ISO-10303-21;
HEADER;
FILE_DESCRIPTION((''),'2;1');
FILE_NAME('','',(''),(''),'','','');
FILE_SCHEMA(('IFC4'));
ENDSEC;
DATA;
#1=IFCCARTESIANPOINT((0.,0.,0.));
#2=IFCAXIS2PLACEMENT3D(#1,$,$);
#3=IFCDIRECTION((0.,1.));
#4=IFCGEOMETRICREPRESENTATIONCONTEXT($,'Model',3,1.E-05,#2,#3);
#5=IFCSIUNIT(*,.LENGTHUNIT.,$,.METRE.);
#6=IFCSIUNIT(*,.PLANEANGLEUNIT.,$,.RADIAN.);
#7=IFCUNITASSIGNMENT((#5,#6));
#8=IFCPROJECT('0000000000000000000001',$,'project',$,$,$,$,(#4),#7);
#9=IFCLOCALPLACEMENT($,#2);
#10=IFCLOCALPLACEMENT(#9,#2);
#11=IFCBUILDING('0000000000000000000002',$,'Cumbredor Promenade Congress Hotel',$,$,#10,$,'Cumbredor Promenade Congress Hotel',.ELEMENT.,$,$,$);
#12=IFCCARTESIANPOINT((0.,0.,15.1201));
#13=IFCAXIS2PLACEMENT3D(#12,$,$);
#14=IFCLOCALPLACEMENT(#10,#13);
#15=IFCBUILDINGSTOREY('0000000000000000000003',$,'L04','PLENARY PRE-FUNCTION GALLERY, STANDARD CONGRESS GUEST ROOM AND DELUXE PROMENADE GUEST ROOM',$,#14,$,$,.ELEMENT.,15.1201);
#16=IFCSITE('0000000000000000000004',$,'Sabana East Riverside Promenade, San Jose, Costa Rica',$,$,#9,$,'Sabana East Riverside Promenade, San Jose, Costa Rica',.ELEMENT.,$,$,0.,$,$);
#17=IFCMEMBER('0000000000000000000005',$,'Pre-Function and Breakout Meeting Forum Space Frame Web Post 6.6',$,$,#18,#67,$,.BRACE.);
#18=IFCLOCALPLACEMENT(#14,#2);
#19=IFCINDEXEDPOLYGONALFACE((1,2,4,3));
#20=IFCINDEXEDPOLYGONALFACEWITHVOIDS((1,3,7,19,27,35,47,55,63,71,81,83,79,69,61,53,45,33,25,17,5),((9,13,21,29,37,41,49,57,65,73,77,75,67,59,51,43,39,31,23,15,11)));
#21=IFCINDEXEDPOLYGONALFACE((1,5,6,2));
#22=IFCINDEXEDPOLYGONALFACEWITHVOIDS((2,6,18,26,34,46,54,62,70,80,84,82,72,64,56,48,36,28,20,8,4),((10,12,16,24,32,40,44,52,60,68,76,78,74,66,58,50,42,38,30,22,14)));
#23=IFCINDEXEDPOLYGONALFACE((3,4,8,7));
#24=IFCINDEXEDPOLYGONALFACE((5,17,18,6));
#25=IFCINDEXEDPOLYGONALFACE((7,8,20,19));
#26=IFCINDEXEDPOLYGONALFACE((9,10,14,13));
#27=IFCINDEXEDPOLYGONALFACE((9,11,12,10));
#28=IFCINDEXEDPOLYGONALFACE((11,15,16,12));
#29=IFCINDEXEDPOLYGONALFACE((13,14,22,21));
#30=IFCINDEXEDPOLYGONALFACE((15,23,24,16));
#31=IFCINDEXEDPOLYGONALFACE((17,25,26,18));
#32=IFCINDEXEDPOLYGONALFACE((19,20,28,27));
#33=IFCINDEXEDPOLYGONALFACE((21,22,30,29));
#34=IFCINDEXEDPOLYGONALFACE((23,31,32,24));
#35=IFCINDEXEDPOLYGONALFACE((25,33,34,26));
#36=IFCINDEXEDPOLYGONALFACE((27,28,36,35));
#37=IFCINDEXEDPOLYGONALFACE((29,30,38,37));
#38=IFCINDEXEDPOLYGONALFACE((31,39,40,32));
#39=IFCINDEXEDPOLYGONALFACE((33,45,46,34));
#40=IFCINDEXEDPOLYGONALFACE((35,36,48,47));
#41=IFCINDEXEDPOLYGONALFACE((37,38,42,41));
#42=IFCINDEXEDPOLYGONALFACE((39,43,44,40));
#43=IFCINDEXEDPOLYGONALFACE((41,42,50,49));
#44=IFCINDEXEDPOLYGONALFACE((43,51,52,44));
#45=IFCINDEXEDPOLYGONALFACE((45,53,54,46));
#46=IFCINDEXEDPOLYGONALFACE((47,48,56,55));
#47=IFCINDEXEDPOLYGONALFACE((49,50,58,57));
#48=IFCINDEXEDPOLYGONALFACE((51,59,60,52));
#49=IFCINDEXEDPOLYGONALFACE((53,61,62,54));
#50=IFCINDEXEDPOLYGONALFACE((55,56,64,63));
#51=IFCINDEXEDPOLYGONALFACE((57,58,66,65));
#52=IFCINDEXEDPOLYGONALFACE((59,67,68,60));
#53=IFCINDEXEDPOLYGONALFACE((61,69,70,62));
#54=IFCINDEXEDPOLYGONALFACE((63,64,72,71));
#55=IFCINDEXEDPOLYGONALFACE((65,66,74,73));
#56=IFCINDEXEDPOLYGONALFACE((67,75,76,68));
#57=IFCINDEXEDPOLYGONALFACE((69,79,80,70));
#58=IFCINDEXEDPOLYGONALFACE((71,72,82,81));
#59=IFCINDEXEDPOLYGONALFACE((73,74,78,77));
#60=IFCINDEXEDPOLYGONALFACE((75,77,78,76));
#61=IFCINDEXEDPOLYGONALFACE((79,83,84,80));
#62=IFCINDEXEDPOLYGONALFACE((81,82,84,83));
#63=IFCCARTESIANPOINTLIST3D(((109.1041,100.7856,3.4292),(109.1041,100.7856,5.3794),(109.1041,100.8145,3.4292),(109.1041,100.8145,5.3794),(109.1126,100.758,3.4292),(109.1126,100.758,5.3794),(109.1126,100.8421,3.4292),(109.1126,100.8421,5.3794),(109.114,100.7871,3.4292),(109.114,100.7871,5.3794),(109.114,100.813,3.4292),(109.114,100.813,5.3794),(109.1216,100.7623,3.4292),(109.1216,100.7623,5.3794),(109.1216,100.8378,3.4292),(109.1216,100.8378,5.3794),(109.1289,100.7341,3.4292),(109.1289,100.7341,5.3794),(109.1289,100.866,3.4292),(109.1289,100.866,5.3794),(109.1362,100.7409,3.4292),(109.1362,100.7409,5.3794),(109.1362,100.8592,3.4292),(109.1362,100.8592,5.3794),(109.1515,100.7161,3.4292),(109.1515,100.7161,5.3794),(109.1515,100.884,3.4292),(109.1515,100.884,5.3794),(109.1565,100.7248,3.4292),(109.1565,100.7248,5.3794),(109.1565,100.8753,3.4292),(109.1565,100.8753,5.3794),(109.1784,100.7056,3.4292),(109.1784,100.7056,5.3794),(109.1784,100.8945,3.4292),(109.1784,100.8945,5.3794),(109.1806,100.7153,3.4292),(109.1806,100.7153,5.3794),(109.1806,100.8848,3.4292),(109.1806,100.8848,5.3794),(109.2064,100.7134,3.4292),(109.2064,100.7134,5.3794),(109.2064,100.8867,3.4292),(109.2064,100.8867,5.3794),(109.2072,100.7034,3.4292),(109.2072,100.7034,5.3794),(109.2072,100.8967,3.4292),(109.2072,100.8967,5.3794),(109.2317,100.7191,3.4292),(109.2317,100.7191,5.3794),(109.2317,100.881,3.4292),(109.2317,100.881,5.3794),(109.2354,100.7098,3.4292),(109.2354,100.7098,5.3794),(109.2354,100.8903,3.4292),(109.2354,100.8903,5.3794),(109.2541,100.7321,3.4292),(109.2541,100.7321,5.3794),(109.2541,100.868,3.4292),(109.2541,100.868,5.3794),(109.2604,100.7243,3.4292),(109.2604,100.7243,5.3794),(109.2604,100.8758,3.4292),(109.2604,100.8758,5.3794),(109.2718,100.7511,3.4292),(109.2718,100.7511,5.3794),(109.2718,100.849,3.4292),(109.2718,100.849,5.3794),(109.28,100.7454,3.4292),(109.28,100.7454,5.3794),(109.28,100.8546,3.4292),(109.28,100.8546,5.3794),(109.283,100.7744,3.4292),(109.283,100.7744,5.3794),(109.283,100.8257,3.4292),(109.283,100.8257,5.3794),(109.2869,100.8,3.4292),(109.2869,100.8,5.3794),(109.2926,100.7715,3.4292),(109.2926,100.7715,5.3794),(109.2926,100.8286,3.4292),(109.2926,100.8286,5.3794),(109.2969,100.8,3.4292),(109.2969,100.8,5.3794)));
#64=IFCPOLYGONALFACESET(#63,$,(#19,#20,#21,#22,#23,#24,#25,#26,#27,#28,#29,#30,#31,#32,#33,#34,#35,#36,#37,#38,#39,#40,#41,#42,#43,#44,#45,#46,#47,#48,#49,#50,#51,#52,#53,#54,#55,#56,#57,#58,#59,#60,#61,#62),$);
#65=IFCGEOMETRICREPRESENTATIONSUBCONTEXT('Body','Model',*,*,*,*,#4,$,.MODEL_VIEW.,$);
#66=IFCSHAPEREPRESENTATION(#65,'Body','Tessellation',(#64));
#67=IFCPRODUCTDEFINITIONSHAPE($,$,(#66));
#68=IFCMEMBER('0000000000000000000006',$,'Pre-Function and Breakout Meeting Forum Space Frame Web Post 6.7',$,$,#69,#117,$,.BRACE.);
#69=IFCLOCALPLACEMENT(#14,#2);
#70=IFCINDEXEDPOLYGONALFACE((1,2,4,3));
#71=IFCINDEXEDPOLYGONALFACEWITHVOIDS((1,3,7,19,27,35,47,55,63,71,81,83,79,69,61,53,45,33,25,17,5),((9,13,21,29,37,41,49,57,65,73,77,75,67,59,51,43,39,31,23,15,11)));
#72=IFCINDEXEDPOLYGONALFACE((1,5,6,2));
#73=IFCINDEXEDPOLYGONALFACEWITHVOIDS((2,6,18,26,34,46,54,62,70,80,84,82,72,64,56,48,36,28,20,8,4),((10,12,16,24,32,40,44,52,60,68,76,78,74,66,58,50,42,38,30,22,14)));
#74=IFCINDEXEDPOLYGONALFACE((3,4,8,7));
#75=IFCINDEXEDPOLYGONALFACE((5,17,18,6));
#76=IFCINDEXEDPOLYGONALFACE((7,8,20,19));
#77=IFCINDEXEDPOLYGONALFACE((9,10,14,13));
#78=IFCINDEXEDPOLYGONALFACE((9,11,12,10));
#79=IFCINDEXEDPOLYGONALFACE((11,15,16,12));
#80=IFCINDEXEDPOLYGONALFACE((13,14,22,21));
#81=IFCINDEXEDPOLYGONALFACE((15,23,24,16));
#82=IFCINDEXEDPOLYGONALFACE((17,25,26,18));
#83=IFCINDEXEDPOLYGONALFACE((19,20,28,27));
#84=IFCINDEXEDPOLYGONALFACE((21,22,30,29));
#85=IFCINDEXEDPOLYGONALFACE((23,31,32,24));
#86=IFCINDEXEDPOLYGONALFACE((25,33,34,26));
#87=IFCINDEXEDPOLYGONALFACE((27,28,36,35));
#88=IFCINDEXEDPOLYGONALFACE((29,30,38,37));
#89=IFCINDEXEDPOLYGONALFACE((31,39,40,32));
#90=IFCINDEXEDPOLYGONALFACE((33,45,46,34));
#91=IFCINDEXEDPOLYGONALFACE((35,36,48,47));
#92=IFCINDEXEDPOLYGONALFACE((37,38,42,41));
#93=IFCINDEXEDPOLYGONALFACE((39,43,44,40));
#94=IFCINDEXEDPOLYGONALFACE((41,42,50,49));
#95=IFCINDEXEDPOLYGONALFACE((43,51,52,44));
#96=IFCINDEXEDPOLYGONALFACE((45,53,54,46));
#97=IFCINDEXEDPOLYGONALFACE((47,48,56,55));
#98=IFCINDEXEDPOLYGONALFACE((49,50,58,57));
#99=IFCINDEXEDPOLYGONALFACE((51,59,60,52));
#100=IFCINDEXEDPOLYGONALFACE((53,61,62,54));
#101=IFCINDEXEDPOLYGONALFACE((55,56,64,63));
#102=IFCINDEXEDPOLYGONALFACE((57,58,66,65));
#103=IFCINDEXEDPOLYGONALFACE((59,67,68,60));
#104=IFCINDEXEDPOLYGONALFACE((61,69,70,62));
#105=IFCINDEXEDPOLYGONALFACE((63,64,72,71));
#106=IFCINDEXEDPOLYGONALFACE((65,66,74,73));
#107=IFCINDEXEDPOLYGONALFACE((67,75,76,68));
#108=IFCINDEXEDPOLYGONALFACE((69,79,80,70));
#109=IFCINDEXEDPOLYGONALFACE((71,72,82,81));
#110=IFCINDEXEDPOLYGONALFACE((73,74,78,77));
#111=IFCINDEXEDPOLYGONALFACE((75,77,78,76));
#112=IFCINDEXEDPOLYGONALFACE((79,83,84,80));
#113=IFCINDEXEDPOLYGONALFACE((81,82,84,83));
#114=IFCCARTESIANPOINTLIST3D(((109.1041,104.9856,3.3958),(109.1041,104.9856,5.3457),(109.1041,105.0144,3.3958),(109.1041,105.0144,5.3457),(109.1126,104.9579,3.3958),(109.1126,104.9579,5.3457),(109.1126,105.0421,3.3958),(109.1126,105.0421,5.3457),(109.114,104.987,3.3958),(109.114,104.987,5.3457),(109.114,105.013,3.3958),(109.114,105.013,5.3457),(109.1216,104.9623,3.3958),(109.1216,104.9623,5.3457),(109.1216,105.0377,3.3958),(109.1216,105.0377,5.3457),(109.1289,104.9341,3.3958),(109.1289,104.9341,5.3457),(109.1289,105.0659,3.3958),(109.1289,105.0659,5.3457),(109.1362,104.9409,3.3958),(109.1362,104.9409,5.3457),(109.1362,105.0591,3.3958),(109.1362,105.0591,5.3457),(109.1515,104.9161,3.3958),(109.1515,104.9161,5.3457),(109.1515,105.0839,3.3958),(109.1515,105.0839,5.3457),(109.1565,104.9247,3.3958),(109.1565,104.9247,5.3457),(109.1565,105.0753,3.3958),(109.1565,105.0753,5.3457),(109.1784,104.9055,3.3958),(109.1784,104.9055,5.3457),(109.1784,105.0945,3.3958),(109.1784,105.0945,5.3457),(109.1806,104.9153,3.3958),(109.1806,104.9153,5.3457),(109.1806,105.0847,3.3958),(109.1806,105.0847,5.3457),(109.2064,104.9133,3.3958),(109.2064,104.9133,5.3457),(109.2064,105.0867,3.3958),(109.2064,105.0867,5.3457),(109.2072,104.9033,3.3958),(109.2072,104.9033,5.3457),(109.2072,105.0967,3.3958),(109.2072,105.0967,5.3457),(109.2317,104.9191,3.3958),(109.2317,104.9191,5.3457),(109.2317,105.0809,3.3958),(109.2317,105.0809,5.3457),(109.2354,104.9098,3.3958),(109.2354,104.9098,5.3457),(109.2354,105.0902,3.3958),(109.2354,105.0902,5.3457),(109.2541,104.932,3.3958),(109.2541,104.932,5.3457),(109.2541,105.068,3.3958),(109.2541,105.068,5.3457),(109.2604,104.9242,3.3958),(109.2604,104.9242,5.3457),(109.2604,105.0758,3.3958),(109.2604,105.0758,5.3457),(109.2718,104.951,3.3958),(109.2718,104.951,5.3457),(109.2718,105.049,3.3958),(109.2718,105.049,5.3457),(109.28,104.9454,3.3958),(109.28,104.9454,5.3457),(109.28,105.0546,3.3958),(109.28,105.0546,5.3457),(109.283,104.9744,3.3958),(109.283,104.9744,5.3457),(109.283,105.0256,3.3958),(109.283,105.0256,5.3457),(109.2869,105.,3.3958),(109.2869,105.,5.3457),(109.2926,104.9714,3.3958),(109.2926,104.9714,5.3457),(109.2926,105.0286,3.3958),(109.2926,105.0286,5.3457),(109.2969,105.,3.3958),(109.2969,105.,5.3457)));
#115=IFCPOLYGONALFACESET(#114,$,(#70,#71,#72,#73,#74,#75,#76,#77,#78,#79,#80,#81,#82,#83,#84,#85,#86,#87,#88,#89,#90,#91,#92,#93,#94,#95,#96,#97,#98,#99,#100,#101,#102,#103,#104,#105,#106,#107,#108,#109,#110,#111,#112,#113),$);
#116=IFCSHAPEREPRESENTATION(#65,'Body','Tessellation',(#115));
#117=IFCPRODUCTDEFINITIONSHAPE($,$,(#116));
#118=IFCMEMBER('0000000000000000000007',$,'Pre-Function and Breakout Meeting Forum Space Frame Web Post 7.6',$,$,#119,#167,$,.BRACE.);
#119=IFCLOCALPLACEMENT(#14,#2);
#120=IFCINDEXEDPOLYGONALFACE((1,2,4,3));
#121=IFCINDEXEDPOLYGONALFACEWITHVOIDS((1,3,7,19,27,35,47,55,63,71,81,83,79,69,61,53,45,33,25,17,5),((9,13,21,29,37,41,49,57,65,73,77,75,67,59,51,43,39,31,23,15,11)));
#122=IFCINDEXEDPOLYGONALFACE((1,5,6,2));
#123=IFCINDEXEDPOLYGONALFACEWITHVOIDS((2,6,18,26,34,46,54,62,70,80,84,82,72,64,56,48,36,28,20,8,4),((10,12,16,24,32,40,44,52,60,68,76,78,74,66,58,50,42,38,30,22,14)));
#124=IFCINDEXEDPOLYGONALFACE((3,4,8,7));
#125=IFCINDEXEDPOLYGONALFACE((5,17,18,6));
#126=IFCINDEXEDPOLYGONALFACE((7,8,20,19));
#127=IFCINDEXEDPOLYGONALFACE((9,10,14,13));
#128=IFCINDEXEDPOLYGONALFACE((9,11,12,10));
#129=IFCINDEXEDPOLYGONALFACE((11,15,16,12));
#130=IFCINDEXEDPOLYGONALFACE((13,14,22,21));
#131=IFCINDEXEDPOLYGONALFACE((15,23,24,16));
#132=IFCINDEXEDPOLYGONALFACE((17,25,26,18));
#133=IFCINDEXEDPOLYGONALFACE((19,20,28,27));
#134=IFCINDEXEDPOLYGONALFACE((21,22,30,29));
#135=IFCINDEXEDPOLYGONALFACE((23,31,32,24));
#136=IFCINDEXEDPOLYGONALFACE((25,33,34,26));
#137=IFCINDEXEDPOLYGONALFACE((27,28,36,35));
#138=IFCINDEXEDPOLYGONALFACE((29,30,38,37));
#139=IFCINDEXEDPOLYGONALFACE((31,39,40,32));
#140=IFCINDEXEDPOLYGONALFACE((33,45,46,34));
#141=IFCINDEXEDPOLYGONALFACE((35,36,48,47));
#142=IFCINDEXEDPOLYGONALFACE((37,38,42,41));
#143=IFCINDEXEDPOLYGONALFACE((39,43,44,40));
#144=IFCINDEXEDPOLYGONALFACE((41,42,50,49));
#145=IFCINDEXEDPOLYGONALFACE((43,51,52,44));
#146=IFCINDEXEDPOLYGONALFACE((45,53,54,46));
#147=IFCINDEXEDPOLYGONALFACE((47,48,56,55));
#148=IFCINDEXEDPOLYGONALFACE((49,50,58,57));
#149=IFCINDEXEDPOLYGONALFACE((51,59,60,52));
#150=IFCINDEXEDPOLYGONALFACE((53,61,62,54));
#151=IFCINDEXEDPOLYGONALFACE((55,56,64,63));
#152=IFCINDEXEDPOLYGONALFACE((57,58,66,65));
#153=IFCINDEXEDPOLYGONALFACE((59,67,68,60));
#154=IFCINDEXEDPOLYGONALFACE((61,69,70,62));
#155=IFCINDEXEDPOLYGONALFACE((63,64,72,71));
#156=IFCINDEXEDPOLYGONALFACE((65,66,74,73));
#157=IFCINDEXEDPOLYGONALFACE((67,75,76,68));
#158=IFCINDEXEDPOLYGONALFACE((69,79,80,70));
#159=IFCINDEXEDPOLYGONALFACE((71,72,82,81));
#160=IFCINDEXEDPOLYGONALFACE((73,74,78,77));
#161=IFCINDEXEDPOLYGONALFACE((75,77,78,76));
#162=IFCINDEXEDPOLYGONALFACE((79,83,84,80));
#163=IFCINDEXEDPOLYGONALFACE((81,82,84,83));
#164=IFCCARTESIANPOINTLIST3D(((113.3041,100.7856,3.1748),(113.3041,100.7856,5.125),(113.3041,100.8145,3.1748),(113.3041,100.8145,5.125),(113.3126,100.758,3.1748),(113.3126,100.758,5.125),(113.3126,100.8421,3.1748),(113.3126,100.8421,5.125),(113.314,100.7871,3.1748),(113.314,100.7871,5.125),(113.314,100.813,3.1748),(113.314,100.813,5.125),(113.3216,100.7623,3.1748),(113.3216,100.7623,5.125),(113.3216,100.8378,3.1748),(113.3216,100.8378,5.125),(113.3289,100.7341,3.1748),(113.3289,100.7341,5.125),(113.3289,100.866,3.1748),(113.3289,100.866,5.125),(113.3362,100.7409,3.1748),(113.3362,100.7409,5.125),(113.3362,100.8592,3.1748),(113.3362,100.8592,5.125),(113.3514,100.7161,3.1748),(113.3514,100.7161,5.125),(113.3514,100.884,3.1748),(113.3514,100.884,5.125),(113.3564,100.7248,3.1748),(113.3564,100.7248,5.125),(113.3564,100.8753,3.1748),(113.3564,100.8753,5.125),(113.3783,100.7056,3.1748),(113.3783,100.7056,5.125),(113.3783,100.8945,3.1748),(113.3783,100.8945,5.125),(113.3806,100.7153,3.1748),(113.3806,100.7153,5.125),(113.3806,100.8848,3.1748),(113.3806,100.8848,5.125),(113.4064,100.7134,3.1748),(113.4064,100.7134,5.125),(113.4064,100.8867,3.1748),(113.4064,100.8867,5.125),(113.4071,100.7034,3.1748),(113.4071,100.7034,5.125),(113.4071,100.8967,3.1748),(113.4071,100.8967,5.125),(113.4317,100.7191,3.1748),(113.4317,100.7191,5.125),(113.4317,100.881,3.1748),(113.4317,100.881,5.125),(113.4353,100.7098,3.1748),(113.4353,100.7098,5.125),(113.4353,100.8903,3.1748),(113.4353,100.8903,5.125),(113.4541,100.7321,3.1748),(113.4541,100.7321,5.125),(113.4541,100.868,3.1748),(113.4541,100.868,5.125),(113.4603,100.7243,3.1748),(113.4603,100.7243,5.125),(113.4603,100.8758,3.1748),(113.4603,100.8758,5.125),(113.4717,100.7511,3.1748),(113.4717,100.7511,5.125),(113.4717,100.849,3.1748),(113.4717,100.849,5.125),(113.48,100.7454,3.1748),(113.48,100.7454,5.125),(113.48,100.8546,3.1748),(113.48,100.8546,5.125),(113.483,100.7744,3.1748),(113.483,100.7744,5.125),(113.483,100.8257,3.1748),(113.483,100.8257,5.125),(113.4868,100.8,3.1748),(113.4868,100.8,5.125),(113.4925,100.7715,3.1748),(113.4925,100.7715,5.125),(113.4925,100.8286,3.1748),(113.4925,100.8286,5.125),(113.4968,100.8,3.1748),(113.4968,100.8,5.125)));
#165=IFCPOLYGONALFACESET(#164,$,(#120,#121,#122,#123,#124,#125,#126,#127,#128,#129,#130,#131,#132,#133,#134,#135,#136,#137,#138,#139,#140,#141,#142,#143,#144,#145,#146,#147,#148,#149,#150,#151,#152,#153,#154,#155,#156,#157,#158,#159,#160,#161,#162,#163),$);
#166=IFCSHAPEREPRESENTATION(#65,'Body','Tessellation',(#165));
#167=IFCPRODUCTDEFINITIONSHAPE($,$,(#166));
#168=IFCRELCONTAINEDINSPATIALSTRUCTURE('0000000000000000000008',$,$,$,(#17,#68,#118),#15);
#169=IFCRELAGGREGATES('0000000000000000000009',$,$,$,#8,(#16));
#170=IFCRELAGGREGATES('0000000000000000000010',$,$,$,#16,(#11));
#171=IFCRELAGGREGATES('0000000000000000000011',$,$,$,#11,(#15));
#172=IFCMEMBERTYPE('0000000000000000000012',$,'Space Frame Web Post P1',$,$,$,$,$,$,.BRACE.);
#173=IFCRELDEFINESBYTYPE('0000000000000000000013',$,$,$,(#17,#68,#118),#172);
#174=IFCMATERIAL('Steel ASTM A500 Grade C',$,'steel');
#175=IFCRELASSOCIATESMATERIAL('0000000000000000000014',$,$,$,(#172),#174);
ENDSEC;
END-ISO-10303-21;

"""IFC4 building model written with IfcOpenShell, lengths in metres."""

from ifc_helpers import new_model, si_unit, direction, frame, origin, origin_2d, place, context, subcontext, project, spatial, hollow_circle, extrude, material, material_profile, profile_set, type_object, element, save


model = new_model("IFC4")

# Units and contexts
model_context = context("Model", 3, precision=1e-05, world=origin(), true_north=direction((0.0, 1.0)))
body_context = subcontext(model_context, "Body", "Model", "MODEL_VIEW")
ifc_project = project(units=[si_unit("LENGTHUNIT", "METRE"), si_unit("PLANEANGLEUNIT", "RADIAN")], contexts=[model_context])

# Site, building, storey
site_placement = place(None, origin())
site = spatial("IfcSite", under=ifc_project, at=site_placement, Name="Sabana East Riverside Promenade, San Jose, Costa Rica", LongName="Sabana East Riverside Promenade, San Jose, Costa Rica", CompositionType="ELEMENT", RefElevation=0.0)
building_placement = place(site_placement, origin())
building = spatial("IfcBuilding", under=site, at=building_placement, Name="Cumbredor Promenade Congress Hotel", LongName="Cumbredor Promenade Congress Hotel", CompositionType="ELEMENT")
storey_placement = place(building_placement, frame((0.0, 0.0, 15.1201)))
storey = spatial("IfcBuildingStorey", under=building, at=storey_placement, Name="L04", Description="PLENARY PRE-FUNCTION GALLERY, STANDARD CONGRESS GUEST ROOM AND DELUXE PROMENADE GUEST ROOM", CompositionType="ELEMENT", Elevation=15.1201)

# Members
ifc_material_1 = material(Name="Steel ASTM A500 Grade C", Category="steel")
ifc_material_profile_1 = material_profile(ifc_material_1, hollow_circle(Radius=0.0969, WallThickness=0.01, at=origin_2d()), Name="CHS 193.7x10")
ifc_profile_set_1 = profile_set([ifc_material_profile_1], Name="Steel ASTM A500 Grade C")
member_type_1 = type_object("IfcMemberType", Name="Space Frame Web Post P1", PredefinedType="BRACE", material=ifc_profile_set_1)
member_1_placement = place(storey_placement, frame((109.2, 100.8, 3.4292), z_axis=(0.0, 0.0, 1.0), x_axis=(1.0, 0.0, 0.0)))
element("IfcMember", 1, at=member_1_placement, inside=storey, type_object=member_type_1, Name="Pre-Function and Breakout Meeting Forum Space Frame Web Post 6.6", PredefinedType="BRACE", context=body_context, shape_type="SweptSolid", body=[
    extrude(hollow_circle(Radius=0.0969, WallThickness=0.01, at=origin_2d()), origin(), (0.0, 0.0, 1.0), 1.9502),
])
member_2_placement = place(storey_placement, frame((109.2, 105.0, 3.3958), z_axis=(0.0, 0.0, 1.0), x_axis=(1.0, 0.0, 0.0)))
element("IfcMember", 2, at=member_2_placement, inside=storey, type_object=member_type_1, Name="Pre-Function and Breakout Meeting Forum Space Frame Web Post 6.7", PredefinedType="BRACE", context=body_context, shape_type="SweptSolid", body=[
    extrude(hollow_circle(Radius=0.0969, WallThickness=0.01, at=origin_2d()), origin(), (0.0, 0.0, 1.0), 1.95),
])
member_3_placement = place(storey_placement, frame((113.3999, 100.8, 3.1748), z_axis=(0.0, 0.0, 1.0), x_axis=(1.0, 0.0, 0.0)))
element("IfcMember", 3, at=member_3_placement, inside=storey, type_object=member_type_1, Name="Pre-Function and Breakout Meeting Forum Space Frame Web Post 7.6", PredefinedType="BRACE", context=body_context, shape_type="SweptSolid", body=[
    extrude(hollow_circle(Radius=0.0969, WallThickness=0.01, at=origin_2d()), origin(), (0.0, 0.0, 1.0), 1.9502),
])

save(model, "model.ifc")
